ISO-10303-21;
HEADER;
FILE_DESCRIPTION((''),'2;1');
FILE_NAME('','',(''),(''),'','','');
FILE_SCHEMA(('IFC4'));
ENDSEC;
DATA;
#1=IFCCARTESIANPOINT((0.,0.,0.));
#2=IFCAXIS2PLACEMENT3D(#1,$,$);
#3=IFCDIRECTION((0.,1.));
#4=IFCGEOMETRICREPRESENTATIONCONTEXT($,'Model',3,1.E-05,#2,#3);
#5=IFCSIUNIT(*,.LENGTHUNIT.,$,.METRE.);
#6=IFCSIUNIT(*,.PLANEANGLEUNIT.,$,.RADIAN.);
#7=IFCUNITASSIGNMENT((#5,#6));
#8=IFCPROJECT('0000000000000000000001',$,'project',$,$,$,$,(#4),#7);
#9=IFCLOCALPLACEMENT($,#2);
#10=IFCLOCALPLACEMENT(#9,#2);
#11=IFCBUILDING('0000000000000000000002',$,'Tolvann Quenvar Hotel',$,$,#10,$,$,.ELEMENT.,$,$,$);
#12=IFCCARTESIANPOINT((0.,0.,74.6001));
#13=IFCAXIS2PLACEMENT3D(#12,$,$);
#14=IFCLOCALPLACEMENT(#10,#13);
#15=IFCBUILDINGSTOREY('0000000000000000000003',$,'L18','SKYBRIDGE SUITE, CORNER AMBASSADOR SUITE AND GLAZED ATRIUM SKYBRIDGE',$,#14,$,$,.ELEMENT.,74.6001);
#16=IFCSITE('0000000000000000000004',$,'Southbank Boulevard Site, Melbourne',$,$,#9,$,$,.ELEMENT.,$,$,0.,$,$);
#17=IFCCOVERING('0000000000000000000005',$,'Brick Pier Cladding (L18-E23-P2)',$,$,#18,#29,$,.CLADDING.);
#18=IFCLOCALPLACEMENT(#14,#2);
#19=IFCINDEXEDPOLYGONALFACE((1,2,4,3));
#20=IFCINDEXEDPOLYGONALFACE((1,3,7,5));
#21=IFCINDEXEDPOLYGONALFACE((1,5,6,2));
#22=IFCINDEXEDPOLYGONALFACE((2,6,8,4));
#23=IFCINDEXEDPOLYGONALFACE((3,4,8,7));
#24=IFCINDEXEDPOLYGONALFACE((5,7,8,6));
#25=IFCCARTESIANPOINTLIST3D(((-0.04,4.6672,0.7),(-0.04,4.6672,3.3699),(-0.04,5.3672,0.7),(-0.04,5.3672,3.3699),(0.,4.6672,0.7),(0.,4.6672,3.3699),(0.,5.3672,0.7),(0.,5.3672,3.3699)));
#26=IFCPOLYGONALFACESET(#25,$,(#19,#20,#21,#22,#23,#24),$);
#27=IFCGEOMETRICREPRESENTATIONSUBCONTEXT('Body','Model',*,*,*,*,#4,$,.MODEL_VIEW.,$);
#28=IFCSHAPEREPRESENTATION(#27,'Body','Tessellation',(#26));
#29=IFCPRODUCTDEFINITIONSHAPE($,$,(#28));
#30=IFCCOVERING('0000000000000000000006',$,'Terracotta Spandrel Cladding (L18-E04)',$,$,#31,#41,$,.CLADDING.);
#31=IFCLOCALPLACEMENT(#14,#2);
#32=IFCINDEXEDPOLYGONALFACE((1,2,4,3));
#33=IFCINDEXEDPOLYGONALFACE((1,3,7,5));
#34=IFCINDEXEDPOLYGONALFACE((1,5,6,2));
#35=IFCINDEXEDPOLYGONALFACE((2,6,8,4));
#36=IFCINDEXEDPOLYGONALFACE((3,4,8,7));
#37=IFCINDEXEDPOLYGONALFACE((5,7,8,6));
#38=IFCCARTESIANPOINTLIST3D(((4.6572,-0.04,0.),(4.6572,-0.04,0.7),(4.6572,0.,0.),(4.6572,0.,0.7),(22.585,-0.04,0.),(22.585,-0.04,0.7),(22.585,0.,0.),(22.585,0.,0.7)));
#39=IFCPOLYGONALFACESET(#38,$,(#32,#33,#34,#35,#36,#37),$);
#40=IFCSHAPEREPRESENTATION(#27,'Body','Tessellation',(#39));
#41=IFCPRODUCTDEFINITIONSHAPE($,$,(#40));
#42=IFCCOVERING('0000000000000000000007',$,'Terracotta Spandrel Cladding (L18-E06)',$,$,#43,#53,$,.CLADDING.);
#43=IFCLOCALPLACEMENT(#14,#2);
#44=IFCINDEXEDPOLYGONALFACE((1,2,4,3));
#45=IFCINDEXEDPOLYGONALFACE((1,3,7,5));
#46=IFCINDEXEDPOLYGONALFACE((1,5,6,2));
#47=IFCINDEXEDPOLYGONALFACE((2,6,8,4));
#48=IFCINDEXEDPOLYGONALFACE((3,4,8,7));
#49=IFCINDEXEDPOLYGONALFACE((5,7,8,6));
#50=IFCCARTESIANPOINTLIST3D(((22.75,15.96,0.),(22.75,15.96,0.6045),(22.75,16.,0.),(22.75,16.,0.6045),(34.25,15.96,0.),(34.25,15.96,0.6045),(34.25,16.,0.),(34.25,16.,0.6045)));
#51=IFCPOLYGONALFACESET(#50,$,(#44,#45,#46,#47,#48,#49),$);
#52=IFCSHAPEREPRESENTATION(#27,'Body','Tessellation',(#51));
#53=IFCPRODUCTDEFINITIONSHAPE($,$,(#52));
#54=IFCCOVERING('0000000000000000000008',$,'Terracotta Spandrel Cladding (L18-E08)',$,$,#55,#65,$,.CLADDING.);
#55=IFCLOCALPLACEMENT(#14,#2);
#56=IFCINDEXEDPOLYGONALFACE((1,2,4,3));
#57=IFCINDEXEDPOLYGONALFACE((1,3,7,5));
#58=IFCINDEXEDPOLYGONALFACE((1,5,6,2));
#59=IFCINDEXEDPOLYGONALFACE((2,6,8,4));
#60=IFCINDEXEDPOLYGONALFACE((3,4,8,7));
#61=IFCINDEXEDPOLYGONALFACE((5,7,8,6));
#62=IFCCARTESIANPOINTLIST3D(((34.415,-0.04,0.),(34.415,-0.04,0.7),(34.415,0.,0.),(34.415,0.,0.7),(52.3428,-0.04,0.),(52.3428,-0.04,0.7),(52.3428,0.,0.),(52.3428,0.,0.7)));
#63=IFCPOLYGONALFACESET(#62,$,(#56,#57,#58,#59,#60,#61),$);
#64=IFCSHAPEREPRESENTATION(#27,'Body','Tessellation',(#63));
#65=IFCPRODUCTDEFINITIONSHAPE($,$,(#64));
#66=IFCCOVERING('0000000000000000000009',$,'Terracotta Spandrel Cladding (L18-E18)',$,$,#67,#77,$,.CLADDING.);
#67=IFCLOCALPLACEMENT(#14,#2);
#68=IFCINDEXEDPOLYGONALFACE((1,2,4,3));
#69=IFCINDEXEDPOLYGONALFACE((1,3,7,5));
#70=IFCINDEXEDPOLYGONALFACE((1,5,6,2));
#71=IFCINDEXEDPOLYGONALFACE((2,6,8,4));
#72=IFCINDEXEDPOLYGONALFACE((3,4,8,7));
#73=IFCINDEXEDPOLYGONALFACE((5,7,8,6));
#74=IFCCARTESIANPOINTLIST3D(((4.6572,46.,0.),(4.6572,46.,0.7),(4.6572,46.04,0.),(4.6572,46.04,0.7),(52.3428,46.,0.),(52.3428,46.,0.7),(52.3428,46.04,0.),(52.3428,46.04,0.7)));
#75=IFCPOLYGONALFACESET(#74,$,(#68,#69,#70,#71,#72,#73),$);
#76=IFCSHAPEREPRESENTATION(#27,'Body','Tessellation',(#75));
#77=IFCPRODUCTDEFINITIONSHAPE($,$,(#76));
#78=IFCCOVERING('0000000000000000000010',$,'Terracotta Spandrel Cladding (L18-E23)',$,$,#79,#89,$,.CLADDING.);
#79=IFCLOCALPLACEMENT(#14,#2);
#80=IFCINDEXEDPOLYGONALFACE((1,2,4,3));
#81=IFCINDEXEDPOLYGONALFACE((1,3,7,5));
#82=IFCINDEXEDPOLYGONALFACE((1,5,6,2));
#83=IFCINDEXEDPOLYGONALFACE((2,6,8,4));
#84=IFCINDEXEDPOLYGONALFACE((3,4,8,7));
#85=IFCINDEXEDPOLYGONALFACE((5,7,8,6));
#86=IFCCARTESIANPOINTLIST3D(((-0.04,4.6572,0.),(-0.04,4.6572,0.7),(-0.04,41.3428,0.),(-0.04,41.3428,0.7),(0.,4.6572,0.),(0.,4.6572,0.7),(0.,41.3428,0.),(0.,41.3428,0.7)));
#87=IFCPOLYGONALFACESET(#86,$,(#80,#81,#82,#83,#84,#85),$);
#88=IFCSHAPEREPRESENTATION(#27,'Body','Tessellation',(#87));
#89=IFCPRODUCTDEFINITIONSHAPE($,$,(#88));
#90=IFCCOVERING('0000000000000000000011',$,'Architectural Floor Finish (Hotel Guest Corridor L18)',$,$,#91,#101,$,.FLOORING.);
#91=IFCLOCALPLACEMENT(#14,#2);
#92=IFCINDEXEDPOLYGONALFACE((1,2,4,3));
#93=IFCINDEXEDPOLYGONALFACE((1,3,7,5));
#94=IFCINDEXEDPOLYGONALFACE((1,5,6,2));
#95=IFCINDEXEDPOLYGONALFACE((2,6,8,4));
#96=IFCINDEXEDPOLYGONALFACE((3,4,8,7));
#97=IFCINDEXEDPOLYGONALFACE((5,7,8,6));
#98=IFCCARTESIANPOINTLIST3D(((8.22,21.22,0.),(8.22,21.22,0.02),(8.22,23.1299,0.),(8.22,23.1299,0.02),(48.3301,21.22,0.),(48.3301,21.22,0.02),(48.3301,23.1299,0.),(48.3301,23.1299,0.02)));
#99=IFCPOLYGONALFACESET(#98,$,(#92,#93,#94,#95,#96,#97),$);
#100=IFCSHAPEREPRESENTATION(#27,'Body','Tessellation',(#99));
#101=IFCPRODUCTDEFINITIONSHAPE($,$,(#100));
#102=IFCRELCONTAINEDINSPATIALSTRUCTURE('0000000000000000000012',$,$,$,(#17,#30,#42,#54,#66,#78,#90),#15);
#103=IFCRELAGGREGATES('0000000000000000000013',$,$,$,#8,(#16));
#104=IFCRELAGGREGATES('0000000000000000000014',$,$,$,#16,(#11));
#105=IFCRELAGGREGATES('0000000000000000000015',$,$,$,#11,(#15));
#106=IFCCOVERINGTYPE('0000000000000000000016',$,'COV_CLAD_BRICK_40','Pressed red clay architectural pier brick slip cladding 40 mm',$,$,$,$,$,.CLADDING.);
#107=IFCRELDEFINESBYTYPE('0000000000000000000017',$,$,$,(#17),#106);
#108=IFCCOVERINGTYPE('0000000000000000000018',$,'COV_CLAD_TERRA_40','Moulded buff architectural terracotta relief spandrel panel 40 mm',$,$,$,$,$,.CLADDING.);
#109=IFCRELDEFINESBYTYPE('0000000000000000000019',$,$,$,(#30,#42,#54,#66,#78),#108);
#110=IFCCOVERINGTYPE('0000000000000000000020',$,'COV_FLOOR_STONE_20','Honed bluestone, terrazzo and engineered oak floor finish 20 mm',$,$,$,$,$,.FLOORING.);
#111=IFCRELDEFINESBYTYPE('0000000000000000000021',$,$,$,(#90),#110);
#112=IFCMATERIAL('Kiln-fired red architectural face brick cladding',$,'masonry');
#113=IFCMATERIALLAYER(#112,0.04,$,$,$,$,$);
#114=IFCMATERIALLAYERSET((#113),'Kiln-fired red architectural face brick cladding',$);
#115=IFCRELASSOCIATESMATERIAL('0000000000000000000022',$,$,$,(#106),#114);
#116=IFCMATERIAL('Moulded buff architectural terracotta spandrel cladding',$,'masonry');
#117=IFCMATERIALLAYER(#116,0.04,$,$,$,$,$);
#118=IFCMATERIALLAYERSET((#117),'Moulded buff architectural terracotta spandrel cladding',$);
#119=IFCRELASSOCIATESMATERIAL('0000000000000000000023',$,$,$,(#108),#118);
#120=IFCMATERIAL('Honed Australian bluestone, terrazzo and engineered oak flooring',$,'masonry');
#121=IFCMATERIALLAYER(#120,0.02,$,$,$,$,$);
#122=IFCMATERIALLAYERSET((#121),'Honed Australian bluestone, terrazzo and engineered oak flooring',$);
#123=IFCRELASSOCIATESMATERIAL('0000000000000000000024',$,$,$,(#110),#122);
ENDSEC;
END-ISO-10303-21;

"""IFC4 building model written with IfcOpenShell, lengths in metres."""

from ifc_helpers import new_model, si_unit, direction, frame, origin, place, context, subcontext, project, spatial, polyline, outline, extrude, material, layer, layer_set, type_object, element, save


model = new_model("IFC4")

# Units and contexts
model_context = context("Model", 3, precision=1e-05, world=origin(), true_north=direction((0.0, 1.0)))
body_context = subcontext(model_context, "Body", "Model", "MODEL_VIEW")
ifc_project = project(units=[si_unit("LENGTHUNIT", "METRE"), si_unit("PLANEANGLEUNIT", "RADIAN")], contexts=[model_context])

# Site, building, storey
site_placement = place(None, origin())
site = spatial("IfcSite", under=ifc_project, at=site_placement, Name="Southbank Boulevard Site, Melbourne", CompositionType="ELEMENT", RefElevation=0.0)
building_placement = place(site_placement, origin())
building = spatial("IfcBuilding", under=site, at=building_placement, Name="Tolvann Quenvar Hotel", CompositionType="ELEMENT")
storey_placement = place(building_placement, frame((0.0, 0.0, 74.6001)))
storey = spatial("IfcBuildingStorey", under=building, at=storey_placement, Name="L18", Description="SKYBRIDGE SUITE, CORNER AMBASSADOR SUITE AND GLAZED ATRIUM SKYBRIDGE", CompositionType="ELEMENT", Elevation=74.6001)

# Coverings
ifc_material_1 = material(Name="Kiln-fired red architectural face brick cladding", Category="masonry")
ifc_layer_1 = layer(ifc_material_1, 0.04)
ifc_layer_set_1 = layer_set([ifc_layer_1], Name="Kiln-fired red architectural face brick cladding")
covering_type_1 = type_object("IfcCoveringType", Name="COV_CLAD_BRICK_40", Description="Pressed red clay architectural pier brick slip cladding 40 mm", PredefinedType="CLADDING", material=ifc_layer_set_1)
covering_1_placement = place(storey_placement, frame((0.0, 0.0, 0.7)))
element("IfcCovering", 1, at=covering_1_placement, inside=storey, type_object=covering_type_1, Name="Brick Pier Cladding (L18-E23-P2)", PredefinedType="CLADDING", context=body_context, shape_type="SweptSolid", body=[
    extrude(outline(polyline([(0.0, 5.3672), (0.0, 4.6672), (-0.04, 4.6672), (-0.04, 5.3672), (0.0, 5.3672)])), origin(), (0.0, 0.0, 1.0), 2.6699),
])
ifc_material_2 = material(Name="Moulded buff architectural terracotta spandrel cladding", Category="masonry")
ifc_layer_2 = layer(ifc_material_2, 0.04)
ifc_layer_set_2 = layer_set([ifc_layer_2], Name="Moulded buff architectural terracotta spandrel cladding")
covering_type_2 = type_object("IfcCoveringType", Name="COV_CLAD_TERRA_40", Description="Moulded buff architectural terracotta relief spandrel panel 40 mm", PredefinedType="CLADDING", material=ifc_layer_set_2)
covering_2_placement = place(storey_placement, origin())
element("IfcCovering", 2, at=covering_2_placement, inside=storey, type_object=covering_type_2, Name="Terracotta Spandrel Cladding (L18-E04)", PredefinedType="CLADDING", context=body_context, shape_type="SweptSolid", body=[
    extrude(outline(polyline([(4.6572, 0.0), (22.585, 0.0), (22.585, -0.04), (4.6572, -0.04), (4.6572, 0.0)])), origin(), (0.0, 0.0, 1.0), 0.7),
])
covering_3_placement = place(storey_placement, origin())
element("IfcCovering", 3, at=covering_3_placement, inside=storey, type_object=covering_type_2, Name="Terracotta Spandrel Cladding (L18-E06)", PredefinedType="CLADDING", context=body_context, shape_type="SweptSolid", body=[
    extrude(outline(polyline([(22.75, 16.0), (34.25, 16.0), (34.25, 15.96), (22.75, 15.96), (22.75, 16.0)])), origin(), (0.0, 0.0, 1.0), 0.6045),
])
covering_4_placement = place(storey_placement, origin())
element("IfcCovering", 4, at=covering_4_placement, inside=storey, type_object=covering_type_2, Name="Terracotta Spandrel Cladding (L18-E08)", PredefinedType="CLADDING", context=body_context, shape_type="SweptSolid", body=[
    extrude(outline(polyline([(34.415, 0.0), (52.3428, 0.0), (52.3428, -0.04), (34.415, -0.04), (34.415, 0.0)])), origin(), (0.0, 0.0, 1.0), 0.7),
])
covering_5_placement = place(storey_placement, origin())
element("IfcCovering", 5, at=covering_5_placement, inside=storey, type_object=covering_type_2, Name="Terracotta Spandrel Cladding (L18-E18)", PredefinedType="CLADDING", context=body_context, shape_type="SweptSolid", body=[
    extrude(outline(polyline([(52.3428, 46.0), (4.6572, 46.0), (4.6572, 46.04), (52.3428, 46.04), (52.3428, 46.0)])), origin(), (0.0, 0.0, 1.0), 0.7),
])
covering_6_placement = place(storey_placement, origin())
element("IfcCovering", 6, at=covering_6_placement, inside=storey, type_object=covering_type_2, Name="Terracotta Spandrel Cladding (L18-E23)", PredefinedType="CLADDING", context=body_context, shape_type="SweptSolid", body=[
    extrude(outline(polyline([(0.0, 41.3428), (0.0, 4.6572), (-0.04, 4.6572), (-0.04, 41.3428), (0.0, 41.3428)])), origin(), (0.0, 0.0, 1.0), 0.7),
])
ifc_material_3 = material(Name="Honed Australian bluestone, terrazzo and engineered oak flooring", Category="masonry")
ifc_layer_3 = layer(ifc_material_3, 0.02)
ifc_layer_set_3 = layer_set([ifc_layer_3], Name="Honed Australian bluestone, terrazzo and engineered oak flooring")
covering_type_3 = type_object("IfcCoveringType", Name="COV_FLOOR_STONE_20", Description="Honed bluestone, terrazzo and engineered oak floor finish 20 mm", PredefinedType="FLOORING", material=ifc_layer_set_3)
covering_7_placement = place(storey_placement, origin())
element("IfcCovering", 7, at=covering_7_placement, inside=storey, type_object=covering_type_3, Name="Architectural Floor Finish (Hotel Guest Corridor L18)", PredefinedType="FLOORING", context=body_context, shape_type="SweptSolid", body=[
    extrude(outline(polyline([(8.22, 21.22), (48.3301, 21.22), (48.3301, 23.1299), (8.22, 23.1299), (8.22, 21.22)])), origin(), (0.0, 0.0, 1.0), 0.02),
])

save(model, "model.ifc")
